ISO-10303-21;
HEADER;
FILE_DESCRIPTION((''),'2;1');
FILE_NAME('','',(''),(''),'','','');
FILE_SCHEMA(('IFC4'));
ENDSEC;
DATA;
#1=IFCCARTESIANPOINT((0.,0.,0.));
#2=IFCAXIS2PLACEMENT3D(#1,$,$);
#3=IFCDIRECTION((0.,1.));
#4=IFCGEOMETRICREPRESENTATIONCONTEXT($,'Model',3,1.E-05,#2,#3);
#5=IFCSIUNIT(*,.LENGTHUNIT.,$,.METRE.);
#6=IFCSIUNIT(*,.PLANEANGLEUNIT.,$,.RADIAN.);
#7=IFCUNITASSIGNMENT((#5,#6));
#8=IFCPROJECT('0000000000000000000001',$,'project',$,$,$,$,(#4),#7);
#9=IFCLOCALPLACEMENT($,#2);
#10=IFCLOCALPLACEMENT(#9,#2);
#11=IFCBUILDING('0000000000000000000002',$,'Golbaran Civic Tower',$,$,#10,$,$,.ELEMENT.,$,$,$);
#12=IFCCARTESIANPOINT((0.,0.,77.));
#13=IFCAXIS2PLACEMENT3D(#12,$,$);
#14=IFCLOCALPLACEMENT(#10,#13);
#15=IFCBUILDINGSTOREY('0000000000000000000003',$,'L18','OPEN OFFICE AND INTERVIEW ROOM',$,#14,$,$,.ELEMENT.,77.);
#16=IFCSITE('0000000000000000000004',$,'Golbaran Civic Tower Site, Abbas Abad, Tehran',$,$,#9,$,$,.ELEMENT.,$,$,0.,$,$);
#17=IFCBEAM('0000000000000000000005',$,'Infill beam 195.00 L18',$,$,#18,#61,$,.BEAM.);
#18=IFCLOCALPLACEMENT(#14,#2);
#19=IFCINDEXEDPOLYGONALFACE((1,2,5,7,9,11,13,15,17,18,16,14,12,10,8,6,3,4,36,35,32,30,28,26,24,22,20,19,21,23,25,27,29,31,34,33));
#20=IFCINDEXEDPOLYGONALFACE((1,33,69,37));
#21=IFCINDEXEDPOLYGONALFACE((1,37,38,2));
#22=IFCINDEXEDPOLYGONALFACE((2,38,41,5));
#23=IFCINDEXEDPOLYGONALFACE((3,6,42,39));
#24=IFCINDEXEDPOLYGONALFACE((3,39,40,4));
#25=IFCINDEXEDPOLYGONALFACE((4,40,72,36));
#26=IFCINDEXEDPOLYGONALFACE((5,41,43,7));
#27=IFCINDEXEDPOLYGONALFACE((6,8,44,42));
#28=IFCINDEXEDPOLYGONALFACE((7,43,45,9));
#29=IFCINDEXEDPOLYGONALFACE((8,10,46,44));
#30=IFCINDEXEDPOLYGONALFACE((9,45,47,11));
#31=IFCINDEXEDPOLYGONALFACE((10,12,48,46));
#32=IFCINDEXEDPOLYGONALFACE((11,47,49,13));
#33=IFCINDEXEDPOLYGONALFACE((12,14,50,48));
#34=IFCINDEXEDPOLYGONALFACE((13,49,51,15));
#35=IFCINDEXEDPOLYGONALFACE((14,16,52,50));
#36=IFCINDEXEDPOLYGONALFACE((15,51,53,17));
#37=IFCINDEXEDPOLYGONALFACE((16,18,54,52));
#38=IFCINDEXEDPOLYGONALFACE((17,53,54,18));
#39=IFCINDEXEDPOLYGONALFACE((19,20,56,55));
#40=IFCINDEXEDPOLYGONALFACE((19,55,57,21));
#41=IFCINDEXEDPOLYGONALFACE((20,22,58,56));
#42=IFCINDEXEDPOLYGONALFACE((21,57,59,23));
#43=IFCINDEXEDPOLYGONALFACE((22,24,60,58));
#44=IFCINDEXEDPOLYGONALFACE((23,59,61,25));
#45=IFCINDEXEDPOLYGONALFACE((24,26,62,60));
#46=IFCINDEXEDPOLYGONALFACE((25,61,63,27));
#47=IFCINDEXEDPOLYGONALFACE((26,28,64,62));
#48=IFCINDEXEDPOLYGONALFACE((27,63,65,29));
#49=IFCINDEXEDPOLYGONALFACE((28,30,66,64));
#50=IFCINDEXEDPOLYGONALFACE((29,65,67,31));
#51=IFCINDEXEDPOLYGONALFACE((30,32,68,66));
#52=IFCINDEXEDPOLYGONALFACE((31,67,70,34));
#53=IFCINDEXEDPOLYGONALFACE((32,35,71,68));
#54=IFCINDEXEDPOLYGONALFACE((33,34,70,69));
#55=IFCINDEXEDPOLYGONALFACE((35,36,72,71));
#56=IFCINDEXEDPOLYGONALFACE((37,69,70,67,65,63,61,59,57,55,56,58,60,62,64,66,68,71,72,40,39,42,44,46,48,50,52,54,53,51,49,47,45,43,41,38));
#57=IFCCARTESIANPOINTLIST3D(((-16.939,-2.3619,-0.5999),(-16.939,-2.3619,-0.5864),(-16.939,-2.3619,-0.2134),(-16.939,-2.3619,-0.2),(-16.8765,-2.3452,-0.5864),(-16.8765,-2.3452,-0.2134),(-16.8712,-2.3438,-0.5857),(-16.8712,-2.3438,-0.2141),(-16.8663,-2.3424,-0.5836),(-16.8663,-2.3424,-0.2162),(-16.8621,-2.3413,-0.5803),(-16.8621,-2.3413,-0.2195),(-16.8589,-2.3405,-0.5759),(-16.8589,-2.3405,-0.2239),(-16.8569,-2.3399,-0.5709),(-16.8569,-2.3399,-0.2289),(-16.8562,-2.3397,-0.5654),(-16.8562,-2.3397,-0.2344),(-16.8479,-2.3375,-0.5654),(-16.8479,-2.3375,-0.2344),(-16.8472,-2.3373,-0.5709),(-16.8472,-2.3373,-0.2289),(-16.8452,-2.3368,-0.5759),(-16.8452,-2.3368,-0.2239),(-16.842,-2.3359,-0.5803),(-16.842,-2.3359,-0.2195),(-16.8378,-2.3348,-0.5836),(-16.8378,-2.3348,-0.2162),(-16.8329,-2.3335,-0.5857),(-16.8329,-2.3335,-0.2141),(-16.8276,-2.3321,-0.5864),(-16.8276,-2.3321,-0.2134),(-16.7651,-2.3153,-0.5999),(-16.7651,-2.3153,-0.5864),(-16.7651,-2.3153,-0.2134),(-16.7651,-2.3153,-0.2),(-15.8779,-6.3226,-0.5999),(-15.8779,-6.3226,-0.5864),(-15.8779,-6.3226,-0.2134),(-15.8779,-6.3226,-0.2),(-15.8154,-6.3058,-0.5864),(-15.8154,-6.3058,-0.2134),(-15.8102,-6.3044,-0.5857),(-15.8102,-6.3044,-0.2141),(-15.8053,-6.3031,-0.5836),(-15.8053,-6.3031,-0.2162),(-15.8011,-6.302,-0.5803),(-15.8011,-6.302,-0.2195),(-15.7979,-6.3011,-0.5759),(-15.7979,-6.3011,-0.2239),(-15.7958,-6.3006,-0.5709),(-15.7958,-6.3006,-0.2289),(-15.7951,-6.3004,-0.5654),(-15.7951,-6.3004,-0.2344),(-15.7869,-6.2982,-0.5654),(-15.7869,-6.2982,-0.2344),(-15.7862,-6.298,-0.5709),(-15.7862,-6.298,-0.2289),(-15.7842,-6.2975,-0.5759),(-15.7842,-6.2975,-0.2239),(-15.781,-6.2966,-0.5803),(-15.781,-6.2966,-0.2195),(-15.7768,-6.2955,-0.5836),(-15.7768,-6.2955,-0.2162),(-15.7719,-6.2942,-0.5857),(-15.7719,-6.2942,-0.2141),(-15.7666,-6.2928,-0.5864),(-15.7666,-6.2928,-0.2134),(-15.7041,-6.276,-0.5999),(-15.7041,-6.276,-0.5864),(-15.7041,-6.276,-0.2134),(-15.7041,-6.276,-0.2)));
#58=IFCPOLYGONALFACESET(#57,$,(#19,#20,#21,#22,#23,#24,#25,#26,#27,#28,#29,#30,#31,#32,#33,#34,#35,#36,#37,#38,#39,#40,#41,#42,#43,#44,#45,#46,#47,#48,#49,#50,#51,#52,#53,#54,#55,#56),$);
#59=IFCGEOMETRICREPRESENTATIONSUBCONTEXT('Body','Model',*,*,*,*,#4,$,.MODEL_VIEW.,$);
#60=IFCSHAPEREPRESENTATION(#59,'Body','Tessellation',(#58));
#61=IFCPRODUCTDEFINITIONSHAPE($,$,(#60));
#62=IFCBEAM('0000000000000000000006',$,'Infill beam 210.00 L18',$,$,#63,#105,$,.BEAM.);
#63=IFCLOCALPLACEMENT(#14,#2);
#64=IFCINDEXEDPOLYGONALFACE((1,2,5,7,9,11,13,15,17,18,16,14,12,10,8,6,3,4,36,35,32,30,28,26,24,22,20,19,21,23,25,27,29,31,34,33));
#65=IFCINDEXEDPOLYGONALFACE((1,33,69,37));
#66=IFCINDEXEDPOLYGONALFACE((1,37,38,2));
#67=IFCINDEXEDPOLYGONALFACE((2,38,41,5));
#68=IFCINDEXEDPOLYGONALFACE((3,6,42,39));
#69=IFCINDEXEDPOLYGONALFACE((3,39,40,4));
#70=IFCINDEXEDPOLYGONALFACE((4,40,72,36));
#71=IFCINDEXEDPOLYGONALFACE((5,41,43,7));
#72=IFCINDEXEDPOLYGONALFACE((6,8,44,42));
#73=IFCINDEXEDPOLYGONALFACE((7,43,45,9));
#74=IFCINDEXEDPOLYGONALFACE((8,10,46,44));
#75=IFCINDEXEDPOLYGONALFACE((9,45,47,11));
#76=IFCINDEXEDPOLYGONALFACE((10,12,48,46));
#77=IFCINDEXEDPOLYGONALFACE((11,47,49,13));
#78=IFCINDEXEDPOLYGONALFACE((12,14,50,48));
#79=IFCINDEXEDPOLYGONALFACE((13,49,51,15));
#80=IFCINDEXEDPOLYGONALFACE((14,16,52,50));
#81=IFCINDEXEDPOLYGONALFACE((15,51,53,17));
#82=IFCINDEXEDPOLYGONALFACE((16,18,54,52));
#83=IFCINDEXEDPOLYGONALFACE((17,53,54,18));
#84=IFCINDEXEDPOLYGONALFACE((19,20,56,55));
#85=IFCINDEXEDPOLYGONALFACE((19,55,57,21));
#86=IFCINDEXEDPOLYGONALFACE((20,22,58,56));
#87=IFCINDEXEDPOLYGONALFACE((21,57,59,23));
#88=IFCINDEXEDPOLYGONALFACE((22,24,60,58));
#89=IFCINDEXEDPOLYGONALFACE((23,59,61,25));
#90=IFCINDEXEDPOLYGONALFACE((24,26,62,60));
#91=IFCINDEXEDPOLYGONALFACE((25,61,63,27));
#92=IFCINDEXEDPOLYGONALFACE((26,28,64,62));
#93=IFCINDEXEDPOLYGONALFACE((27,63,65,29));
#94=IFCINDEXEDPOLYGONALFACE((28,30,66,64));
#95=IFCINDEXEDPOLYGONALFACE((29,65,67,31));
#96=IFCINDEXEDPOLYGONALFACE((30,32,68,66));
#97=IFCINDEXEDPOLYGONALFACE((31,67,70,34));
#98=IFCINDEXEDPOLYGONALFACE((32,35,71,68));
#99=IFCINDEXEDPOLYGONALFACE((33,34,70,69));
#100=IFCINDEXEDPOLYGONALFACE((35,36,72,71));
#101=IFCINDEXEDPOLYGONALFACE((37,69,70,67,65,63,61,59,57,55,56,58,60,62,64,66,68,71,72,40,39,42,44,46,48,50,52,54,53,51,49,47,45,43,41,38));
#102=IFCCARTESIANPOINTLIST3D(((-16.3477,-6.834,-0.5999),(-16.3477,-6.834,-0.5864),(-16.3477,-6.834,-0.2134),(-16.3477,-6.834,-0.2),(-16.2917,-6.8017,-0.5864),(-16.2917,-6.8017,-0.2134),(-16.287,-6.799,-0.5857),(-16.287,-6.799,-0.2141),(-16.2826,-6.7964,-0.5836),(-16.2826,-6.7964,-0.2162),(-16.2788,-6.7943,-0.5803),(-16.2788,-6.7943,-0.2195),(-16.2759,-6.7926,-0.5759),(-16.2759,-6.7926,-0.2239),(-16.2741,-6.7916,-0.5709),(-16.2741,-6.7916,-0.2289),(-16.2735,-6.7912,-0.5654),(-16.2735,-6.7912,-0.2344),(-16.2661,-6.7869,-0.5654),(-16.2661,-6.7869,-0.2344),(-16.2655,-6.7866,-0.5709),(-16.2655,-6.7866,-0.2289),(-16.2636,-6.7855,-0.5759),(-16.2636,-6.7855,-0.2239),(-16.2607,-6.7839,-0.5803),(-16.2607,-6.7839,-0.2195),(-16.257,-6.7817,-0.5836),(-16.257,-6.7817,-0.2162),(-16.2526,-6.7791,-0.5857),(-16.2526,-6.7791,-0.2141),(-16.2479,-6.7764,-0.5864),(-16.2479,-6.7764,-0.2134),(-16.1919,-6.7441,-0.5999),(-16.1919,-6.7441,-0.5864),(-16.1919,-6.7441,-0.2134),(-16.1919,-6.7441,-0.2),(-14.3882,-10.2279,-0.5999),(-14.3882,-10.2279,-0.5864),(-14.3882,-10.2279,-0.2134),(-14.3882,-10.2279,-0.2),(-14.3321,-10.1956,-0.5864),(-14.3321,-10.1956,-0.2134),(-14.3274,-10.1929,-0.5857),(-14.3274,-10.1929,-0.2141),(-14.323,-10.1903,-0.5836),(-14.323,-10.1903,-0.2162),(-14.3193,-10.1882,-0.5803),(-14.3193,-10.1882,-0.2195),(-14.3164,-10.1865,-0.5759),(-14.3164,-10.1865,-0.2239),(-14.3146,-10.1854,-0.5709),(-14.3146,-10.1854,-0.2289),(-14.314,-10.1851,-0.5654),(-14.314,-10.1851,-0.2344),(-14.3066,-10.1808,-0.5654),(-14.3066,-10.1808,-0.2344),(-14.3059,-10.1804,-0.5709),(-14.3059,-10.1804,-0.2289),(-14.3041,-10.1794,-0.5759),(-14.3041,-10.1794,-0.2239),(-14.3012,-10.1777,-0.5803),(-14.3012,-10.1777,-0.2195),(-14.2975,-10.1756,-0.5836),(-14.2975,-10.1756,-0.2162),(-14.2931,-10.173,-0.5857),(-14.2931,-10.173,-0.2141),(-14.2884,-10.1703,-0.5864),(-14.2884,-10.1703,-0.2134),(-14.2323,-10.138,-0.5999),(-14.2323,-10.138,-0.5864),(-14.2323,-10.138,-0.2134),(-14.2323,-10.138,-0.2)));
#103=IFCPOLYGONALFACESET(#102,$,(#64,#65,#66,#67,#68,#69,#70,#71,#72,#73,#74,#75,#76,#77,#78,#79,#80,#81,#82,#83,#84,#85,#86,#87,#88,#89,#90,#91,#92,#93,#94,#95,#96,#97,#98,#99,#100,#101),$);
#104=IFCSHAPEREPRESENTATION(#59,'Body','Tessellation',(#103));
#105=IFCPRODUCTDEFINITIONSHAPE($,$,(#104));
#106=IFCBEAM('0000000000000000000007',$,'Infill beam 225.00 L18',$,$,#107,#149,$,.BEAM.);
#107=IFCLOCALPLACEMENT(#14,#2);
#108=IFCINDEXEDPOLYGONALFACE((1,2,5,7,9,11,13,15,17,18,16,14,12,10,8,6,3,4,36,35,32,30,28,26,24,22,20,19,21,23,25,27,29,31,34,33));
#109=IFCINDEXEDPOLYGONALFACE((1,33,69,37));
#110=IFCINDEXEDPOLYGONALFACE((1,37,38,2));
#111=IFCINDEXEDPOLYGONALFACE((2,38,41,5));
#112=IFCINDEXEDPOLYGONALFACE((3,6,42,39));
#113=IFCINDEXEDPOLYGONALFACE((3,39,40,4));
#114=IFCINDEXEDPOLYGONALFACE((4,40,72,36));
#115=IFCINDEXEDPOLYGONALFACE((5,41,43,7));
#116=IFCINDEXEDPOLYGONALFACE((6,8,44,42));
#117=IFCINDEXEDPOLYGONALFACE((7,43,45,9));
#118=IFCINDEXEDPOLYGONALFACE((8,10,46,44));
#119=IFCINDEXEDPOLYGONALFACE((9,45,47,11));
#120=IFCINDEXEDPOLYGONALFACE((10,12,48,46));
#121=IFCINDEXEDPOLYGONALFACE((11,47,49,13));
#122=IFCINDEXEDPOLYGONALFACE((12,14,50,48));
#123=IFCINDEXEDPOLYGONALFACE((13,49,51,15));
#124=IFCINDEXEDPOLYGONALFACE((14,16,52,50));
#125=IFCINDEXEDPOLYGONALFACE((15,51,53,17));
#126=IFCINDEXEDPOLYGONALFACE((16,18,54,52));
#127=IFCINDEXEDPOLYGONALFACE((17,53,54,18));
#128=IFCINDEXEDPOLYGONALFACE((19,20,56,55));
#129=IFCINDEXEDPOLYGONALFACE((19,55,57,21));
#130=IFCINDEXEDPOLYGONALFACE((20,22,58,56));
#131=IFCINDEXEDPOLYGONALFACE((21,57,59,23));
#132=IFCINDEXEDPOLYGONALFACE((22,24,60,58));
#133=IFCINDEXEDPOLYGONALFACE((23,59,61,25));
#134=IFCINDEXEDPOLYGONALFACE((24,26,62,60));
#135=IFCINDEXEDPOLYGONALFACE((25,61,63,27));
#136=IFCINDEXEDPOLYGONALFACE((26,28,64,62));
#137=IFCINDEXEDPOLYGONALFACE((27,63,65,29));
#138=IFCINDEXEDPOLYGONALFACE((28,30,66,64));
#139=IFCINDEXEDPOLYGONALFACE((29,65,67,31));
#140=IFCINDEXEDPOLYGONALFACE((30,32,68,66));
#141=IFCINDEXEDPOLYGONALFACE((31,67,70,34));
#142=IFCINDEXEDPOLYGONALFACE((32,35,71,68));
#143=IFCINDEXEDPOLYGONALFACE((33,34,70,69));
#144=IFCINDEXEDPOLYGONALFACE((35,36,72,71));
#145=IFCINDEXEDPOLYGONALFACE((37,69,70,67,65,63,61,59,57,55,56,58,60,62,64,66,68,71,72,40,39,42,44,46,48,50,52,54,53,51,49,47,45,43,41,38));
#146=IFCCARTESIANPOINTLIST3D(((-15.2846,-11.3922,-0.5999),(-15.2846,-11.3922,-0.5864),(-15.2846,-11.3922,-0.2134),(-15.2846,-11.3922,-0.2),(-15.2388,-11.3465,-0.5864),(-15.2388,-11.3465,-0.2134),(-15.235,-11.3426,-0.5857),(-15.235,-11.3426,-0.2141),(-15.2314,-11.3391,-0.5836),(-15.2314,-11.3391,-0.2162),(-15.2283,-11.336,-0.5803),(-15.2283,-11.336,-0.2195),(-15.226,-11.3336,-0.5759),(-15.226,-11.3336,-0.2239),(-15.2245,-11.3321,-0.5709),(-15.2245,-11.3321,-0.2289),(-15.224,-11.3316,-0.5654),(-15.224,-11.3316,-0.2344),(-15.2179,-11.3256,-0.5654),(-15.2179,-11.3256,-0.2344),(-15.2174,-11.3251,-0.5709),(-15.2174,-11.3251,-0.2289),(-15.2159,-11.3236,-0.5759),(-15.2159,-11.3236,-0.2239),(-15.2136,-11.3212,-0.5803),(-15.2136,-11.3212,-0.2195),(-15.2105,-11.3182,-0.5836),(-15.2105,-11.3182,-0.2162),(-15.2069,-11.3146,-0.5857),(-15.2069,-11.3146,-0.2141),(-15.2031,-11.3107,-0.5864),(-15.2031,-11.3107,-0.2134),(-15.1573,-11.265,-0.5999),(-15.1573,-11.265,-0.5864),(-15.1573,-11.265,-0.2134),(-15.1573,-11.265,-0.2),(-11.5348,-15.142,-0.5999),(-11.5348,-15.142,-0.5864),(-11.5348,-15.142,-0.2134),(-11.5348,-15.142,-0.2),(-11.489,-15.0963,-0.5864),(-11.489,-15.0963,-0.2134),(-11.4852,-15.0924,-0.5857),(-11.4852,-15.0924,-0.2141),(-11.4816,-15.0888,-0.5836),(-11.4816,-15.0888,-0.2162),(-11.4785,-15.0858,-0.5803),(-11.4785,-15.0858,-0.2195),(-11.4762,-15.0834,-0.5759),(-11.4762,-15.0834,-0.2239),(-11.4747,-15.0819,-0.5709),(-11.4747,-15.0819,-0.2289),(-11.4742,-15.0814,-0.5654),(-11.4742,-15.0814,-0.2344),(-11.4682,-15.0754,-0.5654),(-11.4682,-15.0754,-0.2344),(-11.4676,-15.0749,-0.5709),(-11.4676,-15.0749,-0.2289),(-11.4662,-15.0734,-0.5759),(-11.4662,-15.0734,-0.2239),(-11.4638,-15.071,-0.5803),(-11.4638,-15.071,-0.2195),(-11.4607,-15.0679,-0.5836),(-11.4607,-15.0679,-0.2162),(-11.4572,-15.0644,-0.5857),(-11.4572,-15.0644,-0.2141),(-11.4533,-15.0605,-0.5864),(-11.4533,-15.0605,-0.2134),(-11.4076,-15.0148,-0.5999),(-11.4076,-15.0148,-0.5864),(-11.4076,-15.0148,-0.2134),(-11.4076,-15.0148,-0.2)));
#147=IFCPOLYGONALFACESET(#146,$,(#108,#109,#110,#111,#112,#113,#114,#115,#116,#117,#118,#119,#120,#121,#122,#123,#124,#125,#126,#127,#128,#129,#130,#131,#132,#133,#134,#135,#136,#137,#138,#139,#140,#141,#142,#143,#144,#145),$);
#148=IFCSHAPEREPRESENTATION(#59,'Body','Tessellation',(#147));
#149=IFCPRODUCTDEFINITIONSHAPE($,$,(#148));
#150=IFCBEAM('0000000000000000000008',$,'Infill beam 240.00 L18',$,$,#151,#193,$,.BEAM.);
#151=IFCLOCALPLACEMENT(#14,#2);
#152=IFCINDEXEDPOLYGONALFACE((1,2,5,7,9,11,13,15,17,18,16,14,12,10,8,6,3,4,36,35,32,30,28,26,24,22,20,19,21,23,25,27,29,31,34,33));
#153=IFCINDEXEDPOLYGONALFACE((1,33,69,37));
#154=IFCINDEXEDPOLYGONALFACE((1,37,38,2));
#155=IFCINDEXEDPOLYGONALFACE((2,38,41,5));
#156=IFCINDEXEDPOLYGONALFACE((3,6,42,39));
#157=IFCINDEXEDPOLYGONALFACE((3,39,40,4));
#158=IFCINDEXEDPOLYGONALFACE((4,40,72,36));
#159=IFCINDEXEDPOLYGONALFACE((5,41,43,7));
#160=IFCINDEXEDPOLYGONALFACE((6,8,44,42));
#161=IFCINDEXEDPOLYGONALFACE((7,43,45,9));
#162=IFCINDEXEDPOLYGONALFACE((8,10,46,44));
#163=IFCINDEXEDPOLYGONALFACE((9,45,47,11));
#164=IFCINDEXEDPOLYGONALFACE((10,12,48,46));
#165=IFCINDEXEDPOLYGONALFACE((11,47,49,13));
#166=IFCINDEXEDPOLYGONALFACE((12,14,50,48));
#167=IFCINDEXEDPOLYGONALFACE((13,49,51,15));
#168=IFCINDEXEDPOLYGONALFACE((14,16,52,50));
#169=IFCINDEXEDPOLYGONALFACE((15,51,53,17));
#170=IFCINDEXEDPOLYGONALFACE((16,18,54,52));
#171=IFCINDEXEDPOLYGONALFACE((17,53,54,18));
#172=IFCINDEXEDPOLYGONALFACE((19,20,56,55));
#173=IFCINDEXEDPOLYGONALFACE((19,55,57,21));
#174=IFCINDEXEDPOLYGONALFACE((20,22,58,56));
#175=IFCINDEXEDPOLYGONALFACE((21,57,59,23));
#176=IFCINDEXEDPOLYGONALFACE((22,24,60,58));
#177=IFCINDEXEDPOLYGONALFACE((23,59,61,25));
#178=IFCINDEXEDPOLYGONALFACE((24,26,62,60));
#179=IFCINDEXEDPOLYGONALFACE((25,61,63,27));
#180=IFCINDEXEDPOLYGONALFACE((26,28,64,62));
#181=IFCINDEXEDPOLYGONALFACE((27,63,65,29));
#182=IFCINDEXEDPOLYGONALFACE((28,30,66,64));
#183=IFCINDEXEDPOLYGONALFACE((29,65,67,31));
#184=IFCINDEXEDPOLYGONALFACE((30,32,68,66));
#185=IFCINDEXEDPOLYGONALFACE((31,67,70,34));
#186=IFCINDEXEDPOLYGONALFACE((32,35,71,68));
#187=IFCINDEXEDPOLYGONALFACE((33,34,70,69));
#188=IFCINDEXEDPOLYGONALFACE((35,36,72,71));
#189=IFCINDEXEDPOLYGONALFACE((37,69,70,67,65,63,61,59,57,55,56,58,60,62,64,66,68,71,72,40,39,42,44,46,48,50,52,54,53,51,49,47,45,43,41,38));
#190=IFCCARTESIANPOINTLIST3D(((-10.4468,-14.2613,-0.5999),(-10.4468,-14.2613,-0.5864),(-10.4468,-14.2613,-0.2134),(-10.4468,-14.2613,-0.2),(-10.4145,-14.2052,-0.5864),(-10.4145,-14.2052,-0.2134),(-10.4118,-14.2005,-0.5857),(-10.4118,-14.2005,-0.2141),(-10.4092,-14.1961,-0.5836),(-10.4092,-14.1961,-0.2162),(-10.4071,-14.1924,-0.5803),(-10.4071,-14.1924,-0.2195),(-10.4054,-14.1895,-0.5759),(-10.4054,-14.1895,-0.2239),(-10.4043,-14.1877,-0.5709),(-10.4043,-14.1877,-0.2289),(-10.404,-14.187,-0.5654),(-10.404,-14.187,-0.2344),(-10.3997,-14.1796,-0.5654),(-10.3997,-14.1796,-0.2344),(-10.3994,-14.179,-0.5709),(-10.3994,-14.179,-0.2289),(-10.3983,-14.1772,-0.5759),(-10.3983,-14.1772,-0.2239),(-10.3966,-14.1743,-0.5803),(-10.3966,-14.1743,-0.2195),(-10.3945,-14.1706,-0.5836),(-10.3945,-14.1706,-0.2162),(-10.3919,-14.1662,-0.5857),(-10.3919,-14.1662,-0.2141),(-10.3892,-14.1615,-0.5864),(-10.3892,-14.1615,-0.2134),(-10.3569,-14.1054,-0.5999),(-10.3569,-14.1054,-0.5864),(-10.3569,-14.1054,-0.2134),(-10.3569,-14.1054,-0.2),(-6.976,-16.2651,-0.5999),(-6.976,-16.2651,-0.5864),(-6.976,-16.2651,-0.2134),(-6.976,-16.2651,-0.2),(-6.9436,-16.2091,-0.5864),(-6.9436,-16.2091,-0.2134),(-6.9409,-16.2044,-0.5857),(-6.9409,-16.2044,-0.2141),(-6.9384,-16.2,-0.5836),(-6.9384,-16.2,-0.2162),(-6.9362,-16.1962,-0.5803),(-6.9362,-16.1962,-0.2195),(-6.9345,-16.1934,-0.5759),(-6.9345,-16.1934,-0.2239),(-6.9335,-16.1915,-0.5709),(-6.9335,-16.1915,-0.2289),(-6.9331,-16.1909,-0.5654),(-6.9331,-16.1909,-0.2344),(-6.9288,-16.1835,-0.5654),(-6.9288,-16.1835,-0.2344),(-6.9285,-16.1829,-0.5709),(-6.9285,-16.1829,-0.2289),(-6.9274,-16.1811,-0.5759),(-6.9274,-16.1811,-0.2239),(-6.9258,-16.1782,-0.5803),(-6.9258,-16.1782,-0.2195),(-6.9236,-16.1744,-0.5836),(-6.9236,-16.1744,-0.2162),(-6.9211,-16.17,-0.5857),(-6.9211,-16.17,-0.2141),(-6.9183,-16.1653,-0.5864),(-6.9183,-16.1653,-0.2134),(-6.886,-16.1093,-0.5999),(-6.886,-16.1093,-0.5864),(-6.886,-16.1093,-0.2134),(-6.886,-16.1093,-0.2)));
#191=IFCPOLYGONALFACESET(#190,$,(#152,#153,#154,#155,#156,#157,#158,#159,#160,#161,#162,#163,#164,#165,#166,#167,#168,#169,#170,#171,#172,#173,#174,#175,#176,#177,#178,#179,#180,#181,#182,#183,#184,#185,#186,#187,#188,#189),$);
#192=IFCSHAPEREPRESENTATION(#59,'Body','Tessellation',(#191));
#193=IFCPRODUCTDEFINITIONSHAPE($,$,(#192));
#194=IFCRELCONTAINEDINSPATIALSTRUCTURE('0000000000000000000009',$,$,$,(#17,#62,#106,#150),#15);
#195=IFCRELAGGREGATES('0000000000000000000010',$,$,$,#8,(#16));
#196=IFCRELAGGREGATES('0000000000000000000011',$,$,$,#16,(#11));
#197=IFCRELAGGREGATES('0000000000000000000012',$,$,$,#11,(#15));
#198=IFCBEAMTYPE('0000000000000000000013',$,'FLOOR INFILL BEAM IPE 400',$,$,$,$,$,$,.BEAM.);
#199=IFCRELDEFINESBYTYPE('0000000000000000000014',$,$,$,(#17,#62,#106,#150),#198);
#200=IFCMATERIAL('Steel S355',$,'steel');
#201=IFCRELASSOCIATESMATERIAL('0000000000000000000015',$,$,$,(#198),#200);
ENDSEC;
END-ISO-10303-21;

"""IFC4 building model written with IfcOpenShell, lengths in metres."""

from ifc_helpers import new_model, si_unit, direction, frame, origin, origin_2d, place, context, subcontext, project, spatial, i_section, extrude, material, material_profile, profile_set, type_object, element, save


model = new_model("IFC4")

# Units and contexts
model_context = context("Model", 3, precision=1e-05, world=origin(), true_north=direction((0.0, 1.0)))
body_context = subcontext(model_context, "Body", "Model", "MODEL_VIEW")
ifc_project = project(units=[si_unit("LENGTHUNIT", "METRE"), si_unit("PLANEANGLEUNIT", "RADIAN")], contexts=[model_context])

# Site, building, storey
site_placement = place(None, origin())
site = spatial("IfcSite", under=ifc_project, at=site_placement, Name="Golbaran Civic Tower Site, Abbas Abad, Tehran", CompositionType="ELEMENT", RefElevation=0.0)
building_placement = place(site_placement, origin())
building = spatial("IfcBuilding", under=site, at=building_placement, Name="Golbaran Civic Tower", CompositionType="ELEMENT")
storey_placement = place(building_placement, frame((0.0, 0.0, 77.0)))
storey = spatial("IfcBuildingStorey", under=building, at=storey_placement, Name="L18", Description="OPEN OFFICE AND INTERVIEW ROOM", CompositionType="ELEMENT", Elevation=77.0)

# Beams
ifc_material_1 = material(Name="Steel S355", Category="steel")
ifc_material_profile_1 = material_profile(ifc_material_1, i_section(OverallWidth=0.1799, OverallDepth=0.3999, WebThickness=0.0085, FlangeThickness=0.0134, FilletRadius=0.021, at=origin_2d()), Name="IPE 400")
ifc_profile_set_1 = profile_set([ifc_material_profile_1], Name="Steel S355")
beam_type_1 = type_object("IfcBeamType", Name="FLOOR INFILL BEAM IPE 400", PredefinedType="BEAM", material=ifc_profile_set_1)
beam_1_placement = place(storey_placement, frame((-16.8521, -2.3386, -0.3999), z_axis=(0.258767, -0.96594, 0.0), x_axis=(0.96594, 0.258767, 0.0)))
element("IfcBeam", 1, at=beam_1_placement, inside=storey, type_object=beam_type_1, Name="Infill beam 195.00 L18", PredefinedType="BEAM", context=body_context, shape_type="SweptSolid", body=[
    extrude(i_section(OverallWidth=0.1799, OverallDepth=0.3999, WebThickness=0.0085, FlangeThickness=0.0134, FilletRadius=0.021, at=origin_2d()), origin(), (0.0, 0.0, 1.0), 4.1003),
])
beam_2_placement = place(storey_placement, frame((-16.2698, -6.7891, -0.3999), z_axis=(0.500012, -0.866019, 0.0), x_axis=(0.866019, 0.500012, 0.0)))
element("IfcBeam", 2, at=beam_2_placement, inside=storey, type_object=beam_type_1, Name="Infill beam 210.00 L18", PredefinedType="BEAM", context=body_context, shape_type="SweptSolid", body=[
    extrude(i_section(OverallWidth=0.1799, OverallDepth=0.3999, WebThickness=0.0085, FlangeThickness=0.0134, FilletRadius=0.021, at=origin_2d()), origin(), (0.0, 0.0, 1.0), 3.9189),
])
beam_3_placement = place(storey_placement, frame((-15.2209, -11.3286, -0.3999), z_axis=(0.707107, -0.707107, 0.0), x_axis=(0.707107, 0.707107, 0.0)))
element("IfcBeam", 3, at=beam_3_placement, inside=storey, type_object=beam_type_1, Name="Infill beam 225.00 L18", PredefinedType="BEAM", context=body_context, shape_type="SweptSolid", body=[
    extrude(i_section(OverallWidth=0.1799, OverallDepth=0.3999, WebThickness=0.0085, FlangeThickness=0.0134, FilletRadius=0.021, at=origin_2d()), origin(), (0.0, 0.0, 1.0), 5.303),
])
beam_4_placement = place(storey_placement, frame((-10.4019, -14.1833, -0.3999), z_axis=(0.86603, -0.499991, 0.0), x_axis=(0.499991, 0.86603, 0.0)))
element("IfcBeam", 4, at=beam_4_placement, inside=storey, type_object=beam_type_1, Name="Infill beam 240.00 L18", PredefinedType="BEAM", context=body_context, shape_type="SweptSolid", body=[
    extrude(i_section(OverallWidth=0.1799, OverallDepth=0.3999, WebThickness=0.0085, FlangeThickness=0.0134, FilletRadius=0.021, at=origin_2d()), origin(), (0.0, 0.0, 1.0), 4.0078),
])

save(model, "model.ifc")
